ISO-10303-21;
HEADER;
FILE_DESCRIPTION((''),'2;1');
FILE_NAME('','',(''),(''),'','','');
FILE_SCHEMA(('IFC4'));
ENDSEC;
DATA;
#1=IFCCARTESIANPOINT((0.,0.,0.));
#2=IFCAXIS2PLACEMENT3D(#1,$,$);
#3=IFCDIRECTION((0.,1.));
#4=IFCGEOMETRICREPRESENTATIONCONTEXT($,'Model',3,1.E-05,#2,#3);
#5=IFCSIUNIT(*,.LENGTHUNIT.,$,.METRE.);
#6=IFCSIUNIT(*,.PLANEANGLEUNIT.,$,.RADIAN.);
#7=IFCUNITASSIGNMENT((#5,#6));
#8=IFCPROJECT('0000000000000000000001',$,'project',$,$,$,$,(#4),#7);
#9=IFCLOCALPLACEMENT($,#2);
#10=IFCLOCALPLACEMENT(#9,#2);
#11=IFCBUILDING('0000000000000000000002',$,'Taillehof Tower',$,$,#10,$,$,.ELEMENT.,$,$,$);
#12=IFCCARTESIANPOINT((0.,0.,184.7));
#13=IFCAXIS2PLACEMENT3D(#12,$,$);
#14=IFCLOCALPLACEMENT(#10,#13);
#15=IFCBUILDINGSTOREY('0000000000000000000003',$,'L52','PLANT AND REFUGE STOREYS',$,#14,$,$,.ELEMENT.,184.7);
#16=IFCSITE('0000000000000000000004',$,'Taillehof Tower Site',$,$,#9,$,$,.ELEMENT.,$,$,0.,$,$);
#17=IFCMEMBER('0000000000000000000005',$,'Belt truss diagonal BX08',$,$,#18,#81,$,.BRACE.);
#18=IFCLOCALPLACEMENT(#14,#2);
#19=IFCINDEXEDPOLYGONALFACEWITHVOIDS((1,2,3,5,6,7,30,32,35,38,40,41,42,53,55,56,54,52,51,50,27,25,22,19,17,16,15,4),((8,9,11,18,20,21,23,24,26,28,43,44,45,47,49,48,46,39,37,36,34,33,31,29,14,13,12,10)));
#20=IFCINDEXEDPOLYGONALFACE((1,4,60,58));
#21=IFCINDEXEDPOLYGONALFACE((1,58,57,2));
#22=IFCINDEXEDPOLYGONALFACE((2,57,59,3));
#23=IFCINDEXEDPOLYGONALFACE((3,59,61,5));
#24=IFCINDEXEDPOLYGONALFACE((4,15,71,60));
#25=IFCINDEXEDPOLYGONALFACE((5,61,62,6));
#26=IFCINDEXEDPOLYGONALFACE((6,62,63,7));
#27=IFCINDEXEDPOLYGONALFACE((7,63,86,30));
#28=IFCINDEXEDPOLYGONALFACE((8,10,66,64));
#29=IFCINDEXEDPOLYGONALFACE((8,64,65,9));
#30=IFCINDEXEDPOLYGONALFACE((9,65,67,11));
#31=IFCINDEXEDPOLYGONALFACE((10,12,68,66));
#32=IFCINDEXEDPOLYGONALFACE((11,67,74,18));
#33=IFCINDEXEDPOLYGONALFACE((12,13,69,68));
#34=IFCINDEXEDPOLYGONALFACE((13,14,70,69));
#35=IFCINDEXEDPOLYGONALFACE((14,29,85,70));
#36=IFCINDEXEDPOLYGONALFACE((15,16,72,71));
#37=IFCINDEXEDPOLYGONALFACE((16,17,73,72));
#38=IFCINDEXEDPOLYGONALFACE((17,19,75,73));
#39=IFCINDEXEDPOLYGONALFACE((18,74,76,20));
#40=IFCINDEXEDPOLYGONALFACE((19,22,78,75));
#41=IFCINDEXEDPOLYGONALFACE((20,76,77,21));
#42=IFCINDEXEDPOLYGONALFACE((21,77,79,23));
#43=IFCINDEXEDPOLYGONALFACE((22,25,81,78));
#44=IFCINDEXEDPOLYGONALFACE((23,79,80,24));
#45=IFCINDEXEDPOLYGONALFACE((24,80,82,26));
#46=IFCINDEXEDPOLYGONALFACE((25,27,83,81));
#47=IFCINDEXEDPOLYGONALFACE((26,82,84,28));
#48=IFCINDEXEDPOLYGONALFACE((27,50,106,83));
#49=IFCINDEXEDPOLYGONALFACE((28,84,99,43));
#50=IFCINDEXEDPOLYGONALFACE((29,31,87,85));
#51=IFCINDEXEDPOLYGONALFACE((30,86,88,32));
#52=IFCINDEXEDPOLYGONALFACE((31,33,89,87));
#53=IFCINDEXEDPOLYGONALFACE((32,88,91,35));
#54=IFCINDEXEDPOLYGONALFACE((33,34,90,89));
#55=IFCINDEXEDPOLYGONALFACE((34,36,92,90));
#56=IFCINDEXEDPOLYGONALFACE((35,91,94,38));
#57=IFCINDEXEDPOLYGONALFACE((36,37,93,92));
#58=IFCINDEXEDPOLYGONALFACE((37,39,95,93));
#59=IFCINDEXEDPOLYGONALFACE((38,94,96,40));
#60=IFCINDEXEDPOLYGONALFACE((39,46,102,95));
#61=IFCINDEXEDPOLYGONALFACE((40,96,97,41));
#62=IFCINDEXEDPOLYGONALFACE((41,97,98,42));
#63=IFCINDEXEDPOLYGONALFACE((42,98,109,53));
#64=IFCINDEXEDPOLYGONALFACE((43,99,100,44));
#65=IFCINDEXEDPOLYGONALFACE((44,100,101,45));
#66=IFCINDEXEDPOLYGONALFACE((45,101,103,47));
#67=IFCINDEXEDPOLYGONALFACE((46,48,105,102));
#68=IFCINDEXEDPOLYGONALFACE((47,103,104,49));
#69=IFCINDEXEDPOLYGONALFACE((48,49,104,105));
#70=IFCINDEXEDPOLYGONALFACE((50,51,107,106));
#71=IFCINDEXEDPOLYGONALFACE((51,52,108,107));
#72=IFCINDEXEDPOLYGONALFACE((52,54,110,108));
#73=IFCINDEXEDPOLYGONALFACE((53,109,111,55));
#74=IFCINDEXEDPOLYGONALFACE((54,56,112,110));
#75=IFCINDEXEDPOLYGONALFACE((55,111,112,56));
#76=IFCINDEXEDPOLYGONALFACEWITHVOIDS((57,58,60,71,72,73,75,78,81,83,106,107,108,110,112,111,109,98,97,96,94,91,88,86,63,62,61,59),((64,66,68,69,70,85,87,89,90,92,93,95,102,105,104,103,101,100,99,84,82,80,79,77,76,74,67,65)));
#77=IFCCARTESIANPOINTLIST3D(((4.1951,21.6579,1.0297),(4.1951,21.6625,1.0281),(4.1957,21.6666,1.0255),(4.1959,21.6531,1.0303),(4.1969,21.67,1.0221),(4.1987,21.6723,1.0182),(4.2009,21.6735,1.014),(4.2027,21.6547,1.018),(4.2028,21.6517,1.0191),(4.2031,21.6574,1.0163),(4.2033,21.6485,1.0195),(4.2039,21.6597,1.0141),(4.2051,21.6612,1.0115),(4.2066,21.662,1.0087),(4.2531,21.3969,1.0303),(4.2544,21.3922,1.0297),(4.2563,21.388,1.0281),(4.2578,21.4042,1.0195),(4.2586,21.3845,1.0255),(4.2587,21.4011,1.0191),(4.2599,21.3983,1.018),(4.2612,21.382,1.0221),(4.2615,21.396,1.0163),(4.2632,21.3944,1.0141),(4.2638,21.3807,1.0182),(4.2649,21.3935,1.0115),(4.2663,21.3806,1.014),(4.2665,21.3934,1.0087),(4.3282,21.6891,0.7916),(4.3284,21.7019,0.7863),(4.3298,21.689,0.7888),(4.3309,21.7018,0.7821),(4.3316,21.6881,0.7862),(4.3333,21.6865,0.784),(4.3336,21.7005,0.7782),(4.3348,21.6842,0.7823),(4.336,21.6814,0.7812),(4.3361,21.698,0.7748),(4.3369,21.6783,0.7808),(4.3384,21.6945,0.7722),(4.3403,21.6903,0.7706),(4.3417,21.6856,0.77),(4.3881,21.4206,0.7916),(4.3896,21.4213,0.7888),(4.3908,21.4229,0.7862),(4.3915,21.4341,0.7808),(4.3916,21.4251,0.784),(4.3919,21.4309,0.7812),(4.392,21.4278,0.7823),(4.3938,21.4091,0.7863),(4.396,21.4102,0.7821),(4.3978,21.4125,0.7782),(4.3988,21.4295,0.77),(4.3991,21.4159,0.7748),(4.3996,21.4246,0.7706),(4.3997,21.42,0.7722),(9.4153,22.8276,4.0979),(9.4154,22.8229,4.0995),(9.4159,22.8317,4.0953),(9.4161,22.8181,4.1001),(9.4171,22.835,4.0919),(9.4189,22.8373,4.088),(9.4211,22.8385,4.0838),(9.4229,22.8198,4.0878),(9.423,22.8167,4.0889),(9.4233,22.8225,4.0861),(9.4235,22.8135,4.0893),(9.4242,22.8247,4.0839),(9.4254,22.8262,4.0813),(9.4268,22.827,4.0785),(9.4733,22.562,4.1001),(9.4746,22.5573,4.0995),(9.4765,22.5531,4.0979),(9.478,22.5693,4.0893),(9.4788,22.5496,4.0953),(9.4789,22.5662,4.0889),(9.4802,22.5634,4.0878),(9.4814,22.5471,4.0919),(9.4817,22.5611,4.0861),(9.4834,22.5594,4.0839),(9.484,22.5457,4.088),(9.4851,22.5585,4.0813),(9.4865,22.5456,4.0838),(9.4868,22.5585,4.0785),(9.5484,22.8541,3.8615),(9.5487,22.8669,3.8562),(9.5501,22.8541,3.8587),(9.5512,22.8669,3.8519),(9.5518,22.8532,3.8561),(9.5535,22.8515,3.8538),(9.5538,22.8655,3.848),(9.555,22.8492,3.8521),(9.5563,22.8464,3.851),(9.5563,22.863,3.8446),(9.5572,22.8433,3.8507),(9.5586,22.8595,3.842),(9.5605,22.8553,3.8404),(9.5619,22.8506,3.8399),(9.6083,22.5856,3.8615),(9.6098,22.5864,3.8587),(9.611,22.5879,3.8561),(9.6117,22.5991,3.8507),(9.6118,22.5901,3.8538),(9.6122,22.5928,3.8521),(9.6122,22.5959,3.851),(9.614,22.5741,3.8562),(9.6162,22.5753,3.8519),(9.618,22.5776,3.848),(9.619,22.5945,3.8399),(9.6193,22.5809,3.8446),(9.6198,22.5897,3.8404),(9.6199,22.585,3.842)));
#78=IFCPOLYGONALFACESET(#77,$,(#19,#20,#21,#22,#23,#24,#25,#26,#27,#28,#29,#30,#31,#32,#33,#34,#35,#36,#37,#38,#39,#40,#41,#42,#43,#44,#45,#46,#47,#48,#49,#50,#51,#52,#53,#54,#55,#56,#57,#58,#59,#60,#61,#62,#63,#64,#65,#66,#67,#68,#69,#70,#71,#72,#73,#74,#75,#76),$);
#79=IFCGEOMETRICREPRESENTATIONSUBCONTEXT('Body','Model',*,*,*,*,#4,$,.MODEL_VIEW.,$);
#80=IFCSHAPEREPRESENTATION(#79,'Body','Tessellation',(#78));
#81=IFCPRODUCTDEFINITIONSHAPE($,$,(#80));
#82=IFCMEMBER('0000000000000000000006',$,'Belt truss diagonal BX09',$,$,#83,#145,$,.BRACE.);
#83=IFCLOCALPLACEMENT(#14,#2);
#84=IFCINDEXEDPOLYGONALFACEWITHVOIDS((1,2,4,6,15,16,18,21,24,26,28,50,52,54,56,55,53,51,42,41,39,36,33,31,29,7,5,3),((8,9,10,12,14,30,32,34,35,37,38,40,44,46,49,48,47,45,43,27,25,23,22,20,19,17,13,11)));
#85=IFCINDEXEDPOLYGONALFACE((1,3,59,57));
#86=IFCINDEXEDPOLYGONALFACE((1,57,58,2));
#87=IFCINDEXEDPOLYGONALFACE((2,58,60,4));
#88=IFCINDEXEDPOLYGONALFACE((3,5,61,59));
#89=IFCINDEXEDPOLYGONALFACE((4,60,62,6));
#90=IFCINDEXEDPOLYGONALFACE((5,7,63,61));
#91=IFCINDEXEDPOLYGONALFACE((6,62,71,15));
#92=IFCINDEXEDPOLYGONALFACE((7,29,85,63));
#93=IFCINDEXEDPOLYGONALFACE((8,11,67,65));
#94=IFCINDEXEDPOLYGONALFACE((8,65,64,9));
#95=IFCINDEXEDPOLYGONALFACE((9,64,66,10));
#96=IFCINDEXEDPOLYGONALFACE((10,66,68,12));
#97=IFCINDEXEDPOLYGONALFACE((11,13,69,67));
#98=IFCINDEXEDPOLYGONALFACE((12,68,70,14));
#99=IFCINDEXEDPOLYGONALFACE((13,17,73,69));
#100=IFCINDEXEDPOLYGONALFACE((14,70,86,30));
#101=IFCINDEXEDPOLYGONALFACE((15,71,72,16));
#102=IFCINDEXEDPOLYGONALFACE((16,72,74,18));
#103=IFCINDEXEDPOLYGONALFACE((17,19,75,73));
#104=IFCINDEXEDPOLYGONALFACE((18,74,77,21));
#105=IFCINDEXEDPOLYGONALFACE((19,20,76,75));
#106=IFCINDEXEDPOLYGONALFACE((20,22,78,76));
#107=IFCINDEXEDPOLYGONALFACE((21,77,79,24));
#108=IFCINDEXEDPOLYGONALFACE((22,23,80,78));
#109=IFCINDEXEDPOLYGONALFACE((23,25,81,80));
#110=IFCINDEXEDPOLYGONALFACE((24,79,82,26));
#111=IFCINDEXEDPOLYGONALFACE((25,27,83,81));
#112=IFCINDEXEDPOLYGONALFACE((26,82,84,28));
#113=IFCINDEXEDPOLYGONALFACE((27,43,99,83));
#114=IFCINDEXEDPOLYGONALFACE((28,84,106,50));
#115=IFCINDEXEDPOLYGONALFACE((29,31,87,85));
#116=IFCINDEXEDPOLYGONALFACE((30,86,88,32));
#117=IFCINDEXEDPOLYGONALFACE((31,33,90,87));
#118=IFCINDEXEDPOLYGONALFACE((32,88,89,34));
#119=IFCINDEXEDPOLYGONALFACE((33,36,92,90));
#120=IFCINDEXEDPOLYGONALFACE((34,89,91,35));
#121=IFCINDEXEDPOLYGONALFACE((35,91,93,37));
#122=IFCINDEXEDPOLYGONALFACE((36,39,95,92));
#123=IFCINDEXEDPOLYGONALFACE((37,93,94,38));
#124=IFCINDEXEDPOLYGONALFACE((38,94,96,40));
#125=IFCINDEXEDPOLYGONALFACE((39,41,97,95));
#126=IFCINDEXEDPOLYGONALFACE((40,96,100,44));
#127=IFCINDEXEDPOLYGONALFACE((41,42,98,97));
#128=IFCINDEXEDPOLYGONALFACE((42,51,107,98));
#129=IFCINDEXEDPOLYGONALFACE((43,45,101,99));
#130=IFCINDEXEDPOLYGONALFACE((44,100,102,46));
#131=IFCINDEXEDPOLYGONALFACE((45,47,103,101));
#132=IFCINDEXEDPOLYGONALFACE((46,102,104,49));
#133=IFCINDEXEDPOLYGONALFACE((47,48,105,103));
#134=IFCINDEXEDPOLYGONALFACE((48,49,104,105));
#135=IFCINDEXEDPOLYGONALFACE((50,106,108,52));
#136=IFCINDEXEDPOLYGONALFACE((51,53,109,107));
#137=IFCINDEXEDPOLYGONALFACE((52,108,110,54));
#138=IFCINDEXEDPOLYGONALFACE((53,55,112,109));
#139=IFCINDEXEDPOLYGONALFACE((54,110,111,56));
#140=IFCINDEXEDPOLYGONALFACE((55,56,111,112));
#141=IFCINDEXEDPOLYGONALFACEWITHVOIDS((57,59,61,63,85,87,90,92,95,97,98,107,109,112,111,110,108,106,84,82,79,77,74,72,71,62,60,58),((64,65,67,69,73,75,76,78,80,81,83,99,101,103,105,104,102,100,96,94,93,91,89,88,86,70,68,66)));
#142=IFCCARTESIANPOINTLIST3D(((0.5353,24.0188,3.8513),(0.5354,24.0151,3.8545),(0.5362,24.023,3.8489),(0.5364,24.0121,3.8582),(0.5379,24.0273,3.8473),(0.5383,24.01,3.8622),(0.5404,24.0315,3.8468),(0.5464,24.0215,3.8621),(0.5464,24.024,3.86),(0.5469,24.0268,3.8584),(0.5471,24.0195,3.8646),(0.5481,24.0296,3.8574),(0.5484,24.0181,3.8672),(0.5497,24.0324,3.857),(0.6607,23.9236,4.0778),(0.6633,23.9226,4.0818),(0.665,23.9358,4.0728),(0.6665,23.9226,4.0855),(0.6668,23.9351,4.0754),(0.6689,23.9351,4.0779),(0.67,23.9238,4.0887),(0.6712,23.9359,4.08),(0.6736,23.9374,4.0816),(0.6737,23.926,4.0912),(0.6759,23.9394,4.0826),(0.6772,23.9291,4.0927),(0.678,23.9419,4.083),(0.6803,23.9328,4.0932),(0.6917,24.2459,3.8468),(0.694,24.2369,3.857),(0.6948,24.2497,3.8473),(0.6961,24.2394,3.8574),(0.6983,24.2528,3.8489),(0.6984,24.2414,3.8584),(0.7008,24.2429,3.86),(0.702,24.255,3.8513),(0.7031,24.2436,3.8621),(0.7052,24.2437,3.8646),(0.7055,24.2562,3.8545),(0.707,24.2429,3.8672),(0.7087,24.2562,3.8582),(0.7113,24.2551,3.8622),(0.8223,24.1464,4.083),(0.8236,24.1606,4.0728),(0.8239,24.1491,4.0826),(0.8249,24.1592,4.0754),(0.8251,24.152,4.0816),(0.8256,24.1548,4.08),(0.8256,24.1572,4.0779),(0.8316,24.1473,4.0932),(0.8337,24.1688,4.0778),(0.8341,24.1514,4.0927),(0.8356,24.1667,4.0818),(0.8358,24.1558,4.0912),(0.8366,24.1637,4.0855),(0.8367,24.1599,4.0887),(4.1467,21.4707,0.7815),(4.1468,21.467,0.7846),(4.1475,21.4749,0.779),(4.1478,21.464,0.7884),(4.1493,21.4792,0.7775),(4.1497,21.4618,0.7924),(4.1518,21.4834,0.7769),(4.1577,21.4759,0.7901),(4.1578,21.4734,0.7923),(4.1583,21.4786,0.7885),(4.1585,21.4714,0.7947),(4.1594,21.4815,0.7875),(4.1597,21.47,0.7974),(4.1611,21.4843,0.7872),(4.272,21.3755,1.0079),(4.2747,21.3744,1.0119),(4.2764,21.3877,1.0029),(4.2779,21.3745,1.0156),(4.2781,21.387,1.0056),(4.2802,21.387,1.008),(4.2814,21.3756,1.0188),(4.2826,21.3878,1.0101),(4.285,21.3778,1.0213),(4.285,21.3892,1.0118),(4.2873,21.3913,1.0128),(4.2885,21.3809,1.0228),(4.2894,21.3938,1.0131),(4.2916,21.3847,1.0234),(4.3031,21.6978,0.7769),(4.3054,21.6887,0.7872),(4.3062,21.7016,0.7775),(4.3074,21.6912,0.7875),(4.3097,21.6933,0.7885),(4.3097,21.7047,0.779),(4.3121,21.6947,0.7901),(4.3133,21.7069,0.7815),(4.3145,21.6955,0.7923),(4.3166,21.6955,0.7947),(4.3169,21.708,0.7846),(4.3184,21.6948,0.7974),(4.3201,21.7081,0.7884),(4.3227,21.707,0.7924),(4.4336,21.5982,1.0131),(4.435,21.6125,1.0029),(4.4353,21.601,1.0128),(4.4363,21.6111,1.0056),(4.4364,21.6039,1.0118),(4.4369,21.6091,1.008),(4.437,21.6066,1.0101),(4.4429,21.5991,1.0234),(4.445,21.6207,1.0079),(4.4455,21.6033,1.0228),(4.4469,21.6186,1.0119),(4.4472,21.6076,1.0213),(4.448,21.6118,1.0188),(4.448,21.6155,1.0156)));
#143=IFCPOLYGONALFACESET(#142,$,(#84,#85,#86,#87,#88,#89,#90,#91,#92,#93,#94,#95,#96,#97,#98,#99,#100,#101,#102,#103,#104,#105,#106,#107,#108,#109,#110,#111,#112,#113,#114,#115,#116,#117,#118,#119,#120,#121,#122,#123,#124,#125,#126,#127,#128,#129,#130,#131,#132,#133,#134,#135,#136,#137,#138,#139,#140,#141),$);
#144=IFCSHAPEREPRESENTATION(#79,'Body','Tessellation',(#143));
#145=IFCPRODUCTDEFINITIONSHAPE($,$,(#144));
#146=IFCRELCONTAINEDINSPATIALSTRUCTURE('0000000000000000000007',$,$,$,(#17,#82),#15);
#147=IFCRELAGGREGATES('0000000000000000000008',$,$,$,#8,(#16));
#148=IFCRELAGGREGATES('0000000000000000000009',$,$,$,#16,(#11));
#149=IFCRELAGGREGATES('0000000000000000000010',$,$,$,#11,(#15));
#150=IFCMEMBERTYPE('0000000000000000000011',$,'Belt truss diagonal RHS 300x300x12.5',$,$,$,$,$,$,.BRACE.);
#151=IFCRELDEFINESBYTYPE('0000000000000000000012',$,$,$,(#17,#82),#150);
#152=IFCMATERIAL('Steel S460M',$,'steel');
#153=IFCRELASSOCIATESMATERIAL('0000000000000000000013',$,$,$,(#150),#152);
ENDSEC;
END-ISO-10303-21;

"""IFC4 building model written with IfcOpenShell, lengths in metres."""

from ifc_helpers import new_model, si_unit, direction, frame, origin, origin_2d, place, context, subcontext, project, spatial, hollow_rectangle, extrude, material, material_profile, profile_set, type_object, element, save


model = new_model("IFC4")

# Units and contexts
model_context = context("Model", 3, precision=1e-05, world=origin(), true_north=direction((0.0, 1.0)))
body_context = subcontext(model_context, "Body", "Model", "MODEL_VIEW")
ifc_project = project(units=[si_unit("LENGTHUNIT", "METRE"), si_unit("PLANEANGLEUNIT", "RADIAN")], contexts=[model_context])

# Site, building, storey
site_placement = place(None, origin())
site = spatial("IfcSite", under=ifc_project, at=site_placement, Name="Taillehof Tower Site", CompositionType="ELEMENT", RefElevation=0.0)
building_placement = place(site_placement, origin())
building = spatial("IfcBuilding", under=site, at=building_placement, Name="Taillehof Tower", CompositionType="ELEMENT")
storey_placement = place(building_placement, frame((0.0, 0.0, 184.7)))
storey = spatial("IfcBuildingStorey", under=building, at=storey_placement, Name="L52", Description="PLANT AND REFUGE STOREYS", CompositionType="ELEMENT", Elevation=184.7)

# Members
ifc_material_1 = material(Name="Steel S460M", Category="steel")
ifc_material_profile_1 = material_profile(ifc_material_1, hollow_rectangle(XDim=0.3, YDim=0.3, WallThickness=0.0125, InnerFilletRadius=0.0125, OuterFilletRadius=0.0188, at=origin_2d()), Name="RHS 300x300x12.5")
ifc_profile_set_1 = profile_set([ifc_material_profile_1], Name="Steel S460M")
member_type_1 = type_object("IfcMemberType", Name="Belt truss diagonal RHS 300x300x12.5", PredefinedType="BRACE", material=ifc_profile_set_1)
member_1_placement = place(storey_placement, frame((9.5176, 22.7063, 3.97), z_axis=(-0.846477, -0.188915, -0.497783), x_axis=(0.21782, -0.975989, 0.0)))
element("IfcMember", 1, at=member_1_placement, inside=storey, type_object=member_type_1, Name="Belt truss diagonal BX08", PredefinedType="BRACE", context=body_context, shape_type="SweptSolid", body=[
    extrude(hollow_rectangle(XDim=0.3, YDim=0.3, WallThickness=0.0125, InnerFilletRadius=0.0125, OuterFilletRadius=0.0188, at=origin_2d()), origin(), (0.0, 0.0, 1.0), 6.167),
])
member_2_placement = place(storey_placement, frame((4.2974, 21.5413, 0.9001), z_axis=(-0.671089, 0.47351, 0.570462), x_axis=(-0.576521, -0.817083, 0.0)))
element("IfcMember", 2, at=member_2_placement, inside=storey, type_object=member_type_1, Name="Belt truss diagonal BX09", PredefinedType="BRACE", context=body_context, shape_type="SweptSolid", body=[
    extrude(hollow_rectangle(XDim=0.3, YDim=0.3, WallThickness=0.0125, InnerFilletRadius=0.0125, OuterFilletRadius=0.0188, at=origin_2d()), origin(), (0.0, 0.0, 1.0), 5.3813),
])

save(model, "model.ifc")
